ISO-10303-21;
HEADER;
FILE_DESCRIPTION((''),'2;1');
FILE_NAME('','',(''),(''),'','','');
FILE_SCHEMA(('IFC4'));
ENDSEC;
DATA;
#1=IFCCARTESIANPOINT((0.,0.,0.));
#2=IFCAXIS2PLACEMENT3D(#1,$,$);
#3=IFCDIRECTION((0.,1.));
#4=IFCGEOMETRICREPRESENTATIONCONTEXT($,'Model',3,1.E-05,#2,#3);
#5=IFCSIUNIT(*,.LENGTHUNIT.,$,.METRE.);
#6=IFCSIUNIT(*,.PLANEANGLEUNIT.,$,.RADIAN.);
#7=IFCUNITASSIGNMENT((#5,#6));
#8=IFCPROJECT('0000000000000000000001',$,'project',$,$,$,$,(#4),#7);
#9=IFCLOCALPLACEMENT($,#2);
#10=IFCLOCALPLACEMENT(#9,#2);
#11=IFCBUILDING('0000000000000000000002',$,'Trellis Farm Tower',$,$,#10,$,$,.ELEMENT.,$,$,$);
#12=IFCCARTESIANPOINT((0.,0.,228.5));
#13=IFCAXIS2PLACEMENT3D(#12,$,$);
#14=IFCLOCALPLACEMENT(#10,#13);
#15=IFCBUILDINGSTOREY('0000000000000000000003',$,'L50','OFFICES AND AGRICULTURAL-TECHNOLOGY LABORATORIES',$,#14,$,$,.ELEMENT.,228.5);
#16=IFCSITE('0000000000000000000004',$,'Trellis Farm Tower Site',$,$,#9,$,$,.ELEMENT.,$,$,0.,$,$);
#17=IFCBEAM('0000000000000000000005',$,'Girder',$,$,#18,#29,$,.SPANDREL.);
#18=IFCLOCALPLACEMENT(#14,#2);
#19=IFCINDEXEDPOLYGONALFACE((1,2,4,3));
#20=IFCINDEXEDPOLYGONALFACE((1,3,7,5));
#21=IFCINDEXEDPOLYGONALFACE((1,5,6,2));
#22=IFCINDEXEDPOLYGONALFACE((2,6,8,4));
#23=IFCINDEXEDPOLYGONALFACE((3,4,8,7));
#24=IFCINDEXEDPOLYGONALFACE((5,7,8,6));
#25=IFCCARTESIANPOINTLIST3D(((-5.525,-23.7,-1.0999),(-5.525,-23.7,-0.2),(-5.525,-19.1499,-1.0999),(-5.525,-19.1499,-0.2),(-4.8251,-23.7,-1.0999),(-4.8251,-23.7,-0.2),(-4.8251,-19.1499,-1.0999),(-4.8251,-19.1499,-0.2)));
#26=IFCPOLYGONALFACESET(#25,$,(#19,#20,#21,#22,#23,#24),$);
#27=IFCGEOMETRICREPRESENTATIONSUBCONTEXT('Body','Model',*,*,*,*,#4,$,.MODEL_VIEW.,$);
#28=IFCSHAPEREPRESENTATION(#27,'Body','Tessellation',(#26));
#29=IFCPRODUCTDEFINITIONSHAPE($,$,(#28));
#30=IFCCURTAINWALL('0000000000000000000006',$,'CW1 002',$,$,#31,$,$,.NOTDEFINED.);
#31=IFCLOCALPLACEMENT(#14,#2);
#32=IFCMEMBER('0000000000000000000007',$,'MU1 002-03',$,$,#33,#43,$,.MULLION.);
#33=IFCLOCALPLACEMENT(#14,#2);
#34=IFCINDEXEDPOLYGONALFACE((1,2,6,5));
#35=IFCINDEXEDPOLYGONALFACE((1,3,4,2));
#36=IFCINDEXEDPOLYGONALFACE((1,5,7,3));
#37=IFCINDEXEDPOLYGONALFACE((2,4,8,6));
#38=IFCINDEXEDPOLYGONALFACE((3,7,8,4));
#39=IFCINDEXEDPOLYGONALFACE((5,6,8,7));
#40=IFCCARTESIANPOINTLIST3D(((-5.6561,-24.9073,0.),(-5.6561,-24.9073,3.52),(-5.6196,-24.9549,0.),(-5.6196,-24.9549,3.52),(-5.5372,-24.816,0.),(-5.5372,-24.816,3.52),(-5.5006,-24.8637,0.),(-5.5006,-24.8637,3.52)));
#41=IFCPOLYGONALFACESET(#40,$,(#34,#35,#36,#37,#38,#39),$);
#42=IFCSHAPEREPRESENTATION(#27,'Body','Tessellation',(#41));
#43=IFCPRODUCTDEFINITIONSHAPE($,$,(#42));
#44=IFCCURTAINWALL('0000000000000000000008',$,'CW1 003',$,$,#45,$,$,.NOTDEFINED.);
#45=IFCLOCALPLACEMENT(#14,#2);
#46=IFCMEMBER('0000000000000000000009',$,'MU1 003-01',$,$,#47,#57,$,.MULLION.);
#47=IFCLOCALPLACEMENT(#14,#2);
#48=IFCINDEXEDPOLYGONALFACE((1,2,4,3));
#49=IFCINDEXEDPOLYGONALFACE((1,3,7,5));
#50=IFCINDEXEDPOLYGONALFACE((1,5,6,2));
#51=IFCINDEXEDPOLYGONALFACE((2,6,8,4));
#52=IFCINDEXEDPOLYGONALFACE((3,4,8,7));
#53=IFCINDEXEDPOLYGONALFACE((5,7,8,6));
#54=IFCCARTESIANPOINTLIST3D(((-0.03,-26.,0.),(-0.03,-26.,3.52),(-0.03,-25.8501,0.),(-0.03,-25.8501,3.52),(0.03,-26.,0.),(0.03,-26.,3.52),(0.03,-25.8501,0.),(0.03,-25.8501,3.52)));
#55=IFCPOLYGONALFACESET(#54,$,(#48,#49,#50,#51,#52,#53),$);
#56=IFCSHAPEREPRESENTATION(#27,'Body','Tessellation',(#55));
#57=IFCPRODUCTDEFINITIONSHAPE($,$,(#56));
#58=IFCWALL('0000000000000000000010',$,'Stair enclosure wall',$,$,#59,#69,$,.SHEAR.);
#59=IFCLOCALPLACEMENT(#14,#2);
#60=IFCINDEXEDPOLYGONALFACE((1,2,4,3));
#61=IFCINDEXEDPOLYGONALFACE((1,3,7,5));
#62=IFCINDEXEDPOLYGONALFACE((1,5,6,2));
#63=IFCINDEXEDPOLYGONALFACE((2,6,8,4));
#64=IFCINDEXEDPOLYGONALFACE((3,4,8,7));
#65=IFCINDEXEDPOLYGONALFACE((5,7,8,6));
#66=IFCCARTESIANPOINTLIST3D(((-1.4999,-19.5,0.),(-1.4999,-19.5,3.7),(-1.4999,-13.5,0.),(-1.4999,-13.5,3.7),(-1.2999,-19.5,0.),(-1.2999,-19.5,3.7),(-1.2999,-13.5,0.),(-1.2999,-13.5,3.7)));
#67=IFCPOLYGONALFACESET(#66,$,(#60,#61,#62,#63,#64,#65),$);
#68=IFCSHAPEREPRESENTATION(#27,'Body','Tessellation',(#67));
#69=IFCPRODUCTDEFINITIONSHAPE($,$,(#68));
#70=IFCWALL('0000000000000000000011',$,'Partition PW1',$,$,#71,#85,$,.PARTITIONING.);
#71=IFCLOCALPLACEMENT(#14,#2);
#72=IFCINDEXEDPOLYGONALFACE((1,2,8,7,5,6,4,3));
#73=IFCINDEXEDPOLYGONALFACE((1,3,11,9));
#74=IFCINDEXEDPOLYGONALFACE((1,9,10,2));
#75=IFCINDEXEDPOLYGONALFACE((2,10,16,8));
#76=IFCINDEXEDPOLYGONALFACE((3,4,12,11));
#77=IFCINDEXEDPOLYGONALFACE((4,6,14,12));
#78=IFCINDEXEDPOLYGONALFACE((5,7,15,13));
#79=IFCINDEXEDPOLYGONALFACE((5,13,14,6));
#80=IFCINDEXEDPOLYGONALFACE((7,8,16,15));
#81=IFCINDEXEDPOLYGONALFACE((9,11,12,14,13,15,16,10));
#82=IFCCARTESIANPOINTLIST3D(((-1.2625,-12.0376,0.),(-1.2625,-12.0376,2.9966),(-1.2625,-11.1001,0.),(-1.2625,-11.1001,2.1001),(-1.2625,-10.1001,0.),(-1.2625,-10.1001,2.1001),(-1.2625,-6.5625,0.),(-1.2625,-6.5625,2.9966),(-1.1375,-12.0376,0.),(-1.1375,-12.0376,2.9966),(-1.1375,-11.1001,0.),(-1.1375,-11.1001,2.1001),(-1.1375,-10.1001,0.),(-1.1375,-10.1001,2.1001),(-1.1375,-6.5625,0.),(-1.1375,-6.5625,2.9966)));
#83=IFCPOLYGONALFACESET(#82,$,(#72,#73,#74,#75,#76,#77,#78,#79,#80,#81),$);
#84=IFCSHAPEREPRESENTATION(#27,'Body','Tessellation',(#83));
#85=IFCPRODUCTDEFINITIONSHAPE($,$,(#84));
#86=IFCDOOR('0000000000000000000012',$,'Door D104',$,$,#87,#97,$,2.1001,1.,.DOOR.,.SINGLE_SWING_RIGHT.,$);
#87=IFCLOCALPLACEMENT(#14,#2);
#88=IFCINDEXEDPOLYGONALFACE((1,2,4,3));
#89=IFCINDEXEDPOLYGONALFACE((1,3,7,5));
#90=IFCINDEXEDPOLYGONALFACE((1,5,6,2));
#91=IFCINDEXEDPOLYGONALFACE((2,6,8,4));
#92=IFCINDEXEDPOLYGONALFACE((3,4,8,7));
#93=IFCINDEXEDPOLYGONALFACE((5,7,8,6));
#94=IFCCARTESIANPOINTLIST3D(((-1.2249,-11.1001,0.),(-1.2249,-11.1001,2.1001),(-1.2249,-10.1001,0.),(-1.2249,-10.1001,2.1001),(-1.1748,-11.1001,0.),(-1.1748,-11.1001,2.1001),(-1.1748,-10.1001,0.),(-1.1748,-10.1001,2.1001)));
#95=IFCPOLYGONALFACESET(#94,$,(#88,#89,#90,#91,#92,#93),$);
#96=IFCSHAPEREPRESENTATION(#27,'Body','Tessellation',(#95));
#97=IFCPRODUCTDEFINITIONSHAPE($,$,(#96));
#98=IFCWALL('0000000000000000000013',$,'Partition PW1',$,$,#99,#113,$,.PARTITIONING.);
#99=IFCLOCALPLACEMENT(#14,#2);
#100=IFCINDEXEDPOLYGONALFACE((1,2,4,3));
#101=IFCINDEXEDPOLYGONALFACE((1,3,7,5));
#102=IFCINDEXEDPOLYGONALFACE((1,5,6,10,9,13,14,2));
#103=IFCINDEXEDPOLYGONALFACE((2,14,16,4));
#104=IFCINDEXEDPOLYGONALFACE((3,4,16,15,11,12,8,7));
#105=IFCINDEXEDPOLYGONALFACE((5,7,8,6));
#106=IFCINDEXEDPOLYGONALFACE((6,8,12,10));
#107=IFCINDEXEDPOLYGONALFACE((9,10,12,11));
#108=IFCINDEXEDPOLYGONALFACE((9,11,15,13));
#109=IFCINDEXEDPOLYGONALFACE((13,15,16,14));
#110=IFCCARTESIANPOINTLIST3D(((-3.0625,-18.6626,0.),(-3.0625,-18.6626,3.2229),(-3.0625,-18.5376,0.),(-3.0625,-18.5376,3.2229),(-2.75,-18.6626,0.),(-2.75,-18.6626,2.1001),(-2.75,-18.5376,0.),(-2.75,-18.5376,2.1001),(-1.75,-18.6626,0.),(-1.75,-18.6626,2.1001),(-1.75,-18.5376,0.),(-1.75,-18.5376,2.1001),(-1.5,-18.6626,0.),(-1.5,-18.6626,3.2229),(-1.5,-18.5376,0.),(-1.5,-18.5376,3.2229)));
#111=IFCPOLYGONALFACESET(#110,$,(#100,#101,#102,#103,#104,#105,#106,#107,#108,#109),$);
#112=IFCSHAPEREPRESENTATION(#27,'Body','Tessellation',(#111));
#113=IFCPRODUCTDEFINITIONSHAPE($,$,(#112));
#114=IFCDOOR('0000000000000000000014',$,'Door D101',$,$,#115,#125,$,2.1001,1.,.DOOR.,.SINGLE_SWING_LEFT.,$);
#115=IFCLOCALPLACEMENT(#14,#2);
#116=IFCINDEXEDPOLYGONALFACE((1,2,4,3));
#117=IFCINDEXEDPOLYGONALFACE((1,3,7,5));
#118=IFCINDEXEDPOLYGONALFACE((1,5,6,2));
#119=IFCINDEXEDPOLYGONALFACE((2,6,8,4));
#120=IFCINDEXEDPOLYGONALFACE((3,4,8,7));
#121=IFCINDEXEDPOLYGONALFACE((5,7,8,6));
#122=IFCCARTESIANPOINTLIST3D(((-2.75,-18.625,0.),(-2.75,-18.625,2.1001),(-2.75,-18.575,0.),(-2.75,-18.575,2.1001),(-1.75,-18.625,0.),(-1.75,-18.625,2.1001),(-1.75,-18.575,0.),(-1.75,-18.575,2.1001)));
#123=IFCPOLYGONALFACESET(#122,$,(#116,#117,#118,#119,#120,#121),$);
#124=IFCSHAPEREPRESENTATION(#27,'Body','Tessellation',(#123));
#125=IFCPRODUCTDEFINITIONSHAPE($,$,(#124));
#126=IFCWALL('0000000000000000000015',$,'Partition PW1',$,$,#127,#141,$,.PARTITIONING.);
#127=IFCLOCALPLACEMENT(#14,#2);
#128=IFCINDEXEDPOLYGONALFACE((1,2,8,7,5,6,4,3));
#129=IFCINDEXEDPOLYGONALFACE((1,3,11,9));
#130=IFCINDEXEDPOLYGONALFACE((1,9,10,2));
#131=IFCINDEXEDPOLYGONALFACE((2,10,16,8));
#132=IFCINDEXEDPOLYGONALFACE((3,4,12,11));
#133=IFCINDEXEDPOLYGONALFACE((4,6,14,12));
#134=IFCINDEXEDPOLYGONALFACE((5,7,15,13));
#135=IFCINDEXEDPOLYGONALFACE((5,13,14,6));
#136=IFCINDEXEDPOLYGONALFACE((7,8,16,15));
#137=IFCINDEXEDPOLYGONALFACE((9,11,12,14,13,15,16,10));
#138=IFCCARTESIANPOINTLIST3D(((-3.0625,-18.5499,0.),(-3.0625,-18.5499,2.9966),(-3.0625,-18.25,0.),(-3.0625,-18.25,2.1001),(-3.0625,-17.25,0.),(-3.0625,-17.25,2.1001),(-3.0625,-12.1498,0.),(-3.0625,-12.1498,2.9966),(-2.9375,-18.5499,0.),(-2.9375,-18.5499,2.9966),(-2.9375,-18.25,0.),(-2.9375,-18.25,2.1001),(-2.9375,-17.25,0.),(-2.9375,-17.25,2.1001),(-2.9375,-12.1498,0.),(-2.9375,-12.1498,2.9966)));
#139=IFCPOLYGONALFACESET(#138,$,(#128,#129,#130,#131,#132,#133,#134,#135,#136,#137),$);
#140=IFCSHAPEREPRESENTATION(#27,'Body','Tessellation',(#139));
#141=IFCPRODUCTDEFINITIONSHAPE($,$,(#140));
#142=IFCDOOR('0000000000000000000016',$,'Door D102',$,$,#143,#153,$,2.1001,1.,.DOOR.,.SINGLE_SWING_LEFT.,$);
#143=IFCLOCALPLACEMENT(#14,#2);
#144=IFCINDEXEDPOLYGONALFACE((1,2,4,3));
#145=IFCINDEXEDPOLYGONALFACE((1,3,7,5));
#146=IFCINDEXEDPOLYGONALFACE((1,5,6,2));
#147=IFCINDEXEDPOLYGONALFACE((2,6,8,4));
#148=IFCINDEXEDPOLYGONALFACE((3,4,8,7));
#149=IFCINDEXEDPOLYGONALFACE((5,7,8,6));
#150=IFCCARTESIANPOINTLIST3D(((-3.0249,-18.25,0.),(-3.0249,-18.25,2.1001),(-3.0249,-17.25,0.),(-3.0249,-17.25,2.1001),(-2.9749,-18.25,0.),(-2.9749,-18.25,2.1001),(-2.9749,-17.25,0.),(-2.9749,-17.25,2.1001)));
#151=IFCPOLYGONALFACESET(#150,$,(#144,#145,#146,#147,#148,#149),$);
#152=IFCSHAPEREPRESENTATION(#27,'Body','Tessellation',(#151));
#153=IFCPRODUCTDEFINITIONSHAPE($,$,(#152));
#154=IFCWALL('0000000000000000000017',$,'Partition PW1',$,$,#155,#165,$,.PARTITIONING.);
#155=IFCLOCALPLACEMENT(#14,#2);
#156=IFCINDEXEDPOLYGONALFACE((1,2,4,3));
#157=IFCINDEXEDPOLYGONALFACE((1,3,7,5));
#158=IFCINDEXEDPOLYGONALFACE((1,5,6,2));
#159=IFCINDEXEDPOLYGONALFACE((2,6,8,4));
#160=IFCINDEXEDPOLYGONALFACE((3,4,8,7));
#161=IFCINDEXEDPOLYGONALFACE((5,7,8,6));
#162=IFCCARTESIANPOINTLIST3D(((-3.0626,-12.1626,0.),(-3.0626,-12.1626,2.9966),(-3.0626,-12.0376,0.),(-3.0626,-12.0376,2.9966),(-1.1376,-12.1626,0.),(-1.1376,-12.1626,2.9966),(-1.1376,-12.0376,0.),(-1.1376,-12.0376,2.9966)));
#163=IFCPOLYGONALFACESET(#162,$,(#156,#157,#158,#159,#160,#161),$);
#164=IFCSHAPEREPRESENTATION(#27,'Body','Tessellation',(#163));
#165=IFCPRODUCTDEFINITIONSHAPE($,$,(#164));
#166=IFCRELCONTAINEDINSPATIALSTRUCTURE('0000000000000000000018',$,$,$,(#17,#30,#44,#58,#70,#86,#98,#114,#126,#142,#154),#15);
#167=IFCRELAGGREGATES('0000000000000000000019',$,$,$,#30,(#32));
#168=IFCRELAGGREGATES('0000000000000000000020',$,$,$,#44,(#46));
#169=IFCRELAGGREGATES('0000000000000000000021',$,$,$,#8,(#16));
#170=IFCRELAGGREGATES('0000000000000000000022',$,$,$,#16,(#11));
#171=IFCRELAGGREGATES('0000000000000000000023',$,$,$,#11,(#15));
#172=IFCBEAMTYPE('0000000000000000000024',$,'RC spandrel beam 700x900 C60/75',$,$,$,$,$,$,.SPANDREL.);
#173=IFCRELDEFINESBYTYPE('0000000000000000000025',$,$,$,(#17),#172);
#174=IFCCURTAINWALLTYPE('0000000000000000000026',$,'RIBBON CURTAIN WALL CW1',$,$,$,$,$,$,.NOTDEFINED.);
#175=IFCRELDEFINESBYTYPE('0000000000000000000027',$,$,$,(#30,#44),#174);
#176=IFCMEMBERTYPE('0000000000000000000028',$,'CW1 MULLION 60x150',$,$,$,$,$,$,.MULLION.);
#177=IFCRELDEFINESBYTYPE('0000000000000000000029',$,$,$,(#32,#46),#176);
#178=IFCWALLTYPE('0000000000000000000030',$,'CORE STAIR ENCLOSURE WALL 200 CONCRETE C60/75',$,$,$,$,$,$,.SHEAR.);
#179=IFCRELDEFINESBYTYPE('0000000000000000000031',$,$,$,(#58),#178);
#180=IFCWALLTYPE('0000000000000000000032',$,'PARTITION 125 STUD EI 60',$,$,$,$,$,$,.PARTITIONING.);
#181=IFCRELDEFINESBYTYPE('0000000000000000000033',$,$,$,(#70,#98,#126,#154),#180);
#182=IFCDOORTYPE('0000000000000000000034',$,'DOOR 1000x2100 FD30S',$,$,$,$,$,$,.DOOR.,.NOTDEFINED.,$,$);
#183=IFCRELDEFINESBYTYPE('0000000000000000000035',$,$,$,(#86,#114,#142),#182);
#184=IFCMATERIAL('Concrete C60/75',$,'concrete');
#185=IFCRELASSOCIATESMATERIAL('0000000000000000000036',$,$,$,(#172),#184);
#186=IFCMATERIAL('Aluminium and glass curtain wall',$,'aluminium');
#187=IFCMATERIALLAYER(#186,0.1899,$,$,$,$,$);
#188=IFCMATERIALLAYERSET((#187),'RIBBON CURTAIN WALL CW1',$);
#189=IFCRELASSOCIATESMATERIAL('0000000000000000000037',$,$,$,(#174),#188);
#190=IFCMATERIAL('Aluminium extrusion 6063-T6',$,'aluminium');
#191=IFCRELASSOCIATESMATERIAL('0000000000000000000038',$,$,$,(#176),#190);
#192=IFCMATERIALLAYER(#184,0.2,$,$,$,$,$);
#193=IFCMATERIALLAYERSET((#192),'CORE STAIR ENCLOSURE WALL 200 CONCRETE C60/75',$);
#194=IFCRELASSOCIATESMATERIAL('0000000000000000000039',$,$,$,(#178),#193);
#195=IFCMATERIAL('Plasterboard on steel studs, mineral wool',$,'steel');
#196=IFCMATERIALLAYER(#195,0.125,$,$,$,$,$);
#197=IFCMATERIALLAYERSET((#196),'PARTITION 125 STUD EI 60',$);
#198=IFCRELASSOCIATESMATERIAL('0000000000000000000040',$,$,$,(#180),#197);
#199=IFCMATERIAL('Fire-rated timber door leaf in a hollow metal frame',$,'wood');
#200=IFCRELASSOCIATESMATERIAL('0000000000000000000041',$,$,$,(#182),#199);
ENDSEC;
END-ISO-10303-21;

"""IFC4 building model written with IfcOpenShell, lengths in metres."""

from ifc_helpers import new_model, si_unit, direction, frame, frame_2d, origin, origin_2d, place, context, subcontext, project, spatial, rectangle, extrude, source, transform, mapped, material, layer, layer_set, material_profile, profile_set, type_object, element, fill, aggregate, save


model = new_model("IFC4")

# Units and contexts
model_context = context("Model", 3, precision=1e-05, world=origin(), true_north=direction((0.0, 1.0)))
body_context = subcontext(model_context, "Body", "Model", "MODEL_VIEW")
ifc_project = project(units=[si_unit("LENGTHUNIT", "METRE"), si_unit("PLANEANGLEUNIT", "RADIAN")], contexts=[model_context])

# Site, building, storey
site_placement = place(None, origin())
site = spatial("IfcSite", under=ifc_project, at=site_placement, Name="Trellis Farm Tower Site", CompositionType="ELEMENT", RefElevation=0.0)
building_placement = place(site_placement, origin())
building = spatial("IfcBuilding", under=site, at=building_placement, Name="Trellis Farm Tower", CompositionType="ELEMENT")
storey_placement = place(building_placement, frame((0.0, 0.0, 228.5)))
storey = spatial("IfcBuildingStorey", under=building, at=storey_placement, Name="L50", Description="OFFICES AND AGRICULTURAL-TECHNOLOGY LABORATORIES", CompositionType="ELEMENT", Elevation=228.5)

# Shared definitions
ifc_material_1 = material(Name="Concrete C60/75", Category="concrete")

# Beam
ifc_material_profile_1 = material_profile(ifc_material_1, rectangle(XDim=0.7, YDim=0.8999, at=origin_2d()), Name="RC spandrel beam 700x900 C60/75")
ifc_profile_set_1 = profile_set([ifc_material_profile_1], Name="Concrete C60/75")
beam_type_1 = type_object("IfcBeamType", Name="RC spandrel beam 700x900 C60/75", PredefinedType="SPANDREL", material=ifc_profile_set_1)
shared_shape_1 = source(origin(), body_context, "Body", "SweptSolid", [
    extrude(rectangle(XDim=0.7, YDim=0.8999, at=origin_2d()), origin(), (0.0, 0.0, 1.0), 4.55),
])
beam_1_placement = place(storey_placement, frame((-5.175, -23.7, -0.6499), z_axis=(0.0, 1.0, 0.0), x_axis=(-1.0, 0.0, 0.0)))
element("IfcBeam", 1, at=beam_1_placement, inside=storey, type_object=beam_type_1, Name="Girder", PredefinedType="SPANDREL", context=body_context, shape_type="MappedRepresentation", body=[
    mapped(shared_shape_1, transform((0.0, 0.0, 0.0))),
])

# Curtain walls, members
ifc_material_2 = material(Name="Aluminium and glass curtain wall", Category="aluminium")
ifc_layer_1 = layer(ifc_material_2, 0.1899)
ifc_layer_set_1 = layer_set([ifc_layer_1], Name="RIBBON CURTAIN WALL CW1")
curtain_wall_type = type_object("IfcCurtainWallType", Name="RIBBON CURTAIN WALL CW1", PredefinedType="NOTDEFINED", material=ifc_layer_set_1)
placement = place(storey_placement, origin())
curtain_wall_1 = element("IfcCurtainWall", 2, at=placement, inside=storey, type_object=curtain_wall_type, Name="CW1 002", PredefinedType="NOTDEFINED")
ifc_material_3 = material(Name="Aluminium extrusion 6063-T6", Category="aluminium")
ifc_material_profile_2 = material_profile(ifc_material_3, rectangle(XDim=0.0601, YDim=0.1499, at=origin_2d()), Name="MULLION 60x150")
ifc_profile_set_2 = profile_set([ifc_material_profile_2], Name="Aluminium extrusion 6063-T6")
member_type = type_object("IfcMemberType", Name="CW1 MULLION 60x150", PredefinedType="MULLION", material=ifc_profile_set_2)
shared_shape_2 = source(origin(), body_context, "Body", "SweptSolid", [
    extrude(rectangle(XDim=0.0601, YDim=0.1499, at=origin_2d()), origin(), (0.0, 0.0, 1.0), 3.52),
])
member_1_placement = place(storey_placement, frame((-5.5784, -24.8855, 0.0), z_axis=(0.0, 0.0, 1.0), x_axis=(0.608761, -0.793353, 0.0)))
member_1 = element("IfcMember", 3, at=member_1_placement, type_object=member_type, Name="MU1 002-03", PredefinedType="MULLION", context=body_context, shape_type="MappedRepresentation", body=[
    mapped(shared_shape_2, transform((0.0, 0.0, 0.0))),
])
aggregate(curtain_wall_1, [member_1])
curtain_wall_2 = element("IfcCurtainWall", 4, at=placement, inside=storey, type_object=curtain_wall_type, Name="CW1 003", PredefinedType="NOTDEFINED")
member_2_placement = place(storey_placement, frame((0.0, -25.925, 0.0), z_axis=(0.0, 0.0, 1.0), x_axis=(1.0, 0.0, 0.0)))
member_2 = element("IfcMember", 5, at=member_2_placement, type_object=member_type, Name="MU1 003-01", PredefinedType="MULLION", context=body_context, shape_type="MappedRepresentation", body=[
    mapped(shared_shape_2, transform((0.0, 0.0, 0.0))),
])
aggregate(curtain_wall_2, [member_2])

# Wall
ifc_layer_2 = layer(ifc_material_1, 0.2)
ifc_layer_set_2 = layer_set([ifc_layer_2], Name="CORE STAIR ENCLOSURE WALL 200 CONCRETE C60/75")
wall_type_1 = type_object("IfcWallType", Name="CORE STAIR ENCLOSURE WALL 200 CONCRETE C60/75", PredefinedType="SHEAR", material=ifc_layer_set_2)
shared_shape_3 = source(origin(), body_context, "Body", "SweptSolid", [
    extrude(rectangle(XDim=6.0, YDim=0.2, at=frame_2d((3.0, 0.0))), origin(), (0.0, 0.0, 1.0), 3.7),
])
wall_1_placement = place(storey_placement, frame((-1.3999, -13.5, 0.0), z_axis=(0.0, 0.0, 1.0), x_axis=(0.0, -1.0, 0.0)))
element("IfcWall", 6, at=wall_1_placement, inside=storey, type_object=wall_type_1, Name="Stair enclosure wall", PredefinedType="SHEAR", context=body_context, shape_type="MappedRepresentation", body=[
    mapped(shared_shape_3, transform((0.0, 0.0, 0.0))),
])

# Walls, openings, doors
ifc_material_4 = material(Name="Plasterboard on steel studs, mineral wool", Category="steel")
ifc_layer_3 = layer(ifc_material_4, 0.125)
ifc_layer_set_3 = layer_set([ifc_layer_3], Name="PARTITION 125 STUD EI 60")
wall_type_2 = type_object("IfcWallType", Name="PARTITION 125 STUD EI 60", PredefinedType="PARTITIONING", material=ifc_layer_set_3)
shared_shape_4 = source(origin(), body_context, "Body", "SweptSolid", [
    extrude(rectangle(XDim=5.4751, YDim=0.125, at=frame_2d((2.7375, 0.0))), origin(), (0.0, 0.0, 1.0), 2.9966),
])
wall_2_placement = place(storey_placement, frame((-1.2, -12.0376, 0.0), z_axis=(0.0, 0.0, 1.0), x_axis=(0.0, 1.0, 0.0)))
wall_2 = element("IfcWall", 7, at=wall_2_placement, inside=storey, type_object=wall_type_2, Name="Partition PW1", PredefinedType="PARTITIONING", context=body_context, shape_type="MappedRepresentation", body=[
    mapped(shared_shape_4, transform((0.0, 0.0, 0.0))),
])
shared_shape_5 = source(origin(), body_context, "Body", "SweptSolid", [
    extrude(rectangle(XDim=1.0, YDim=2.1001, at=frame_2d((0.5, 1.05))), frame((0.0, 0.0725, 0.0), z_axis=(0.0, -1.0, 0.0), x_axis=(1.0, 0.0, 0.0)), (0.0, 0.0, 1.0), 0.145),
])
opening_1_placement = place(wall_2_placement, frame((0.9375, 0.0, 0.0)))
opening_1 = element("IfcOpeningElement", 8, at=opening_1_placement, cuts=wall_2, PredefinedType="OPENING", context=body_context, shape_type="MappedRepresentation", body=[
    mapped(shared_shape_5, transform((0.0, 0.0, 0.0))),
])
ifc_material_5 = material(Name="Fire-rated timber door leaf in a hollow metal frame", Category="wood")
door_type = type_object("IfcDoorType", Name="DOOR 1000x2100 FD30S", OperationType="NOTDEFINED", PredefinedType="DOOR", material=ifc_material_5)
shared_shape_6 = source(origin(), body_context, "Body", "SweptSolid", [
    extrude(rectangle(XDim=1.0, YDim=2.1001, at=frame_2d((0.5, 1.05))), frame((0.0, 0.0249, 0.0), z_axis=(0.0, -1.0, 0.0), x_axis=(1.0, 0.0, 0.0)), (0.0, 0.0, 1.0), 0.05),
])
door_1_placement = place(opening_1_placement, origin())
door_1 = element("IfcDoor", 9, at=door_1_placement, inside=storey, type_object=door_type, Name="Door D104", OperationType="SINGLE_SWING_RIGHT", OverallHeight=2.1001, OverallWidth=1.0, PredefinedType="DOOR", context=body_context, shape_type="MappedRepresentation", body=[
    mapped(shared_shape_6, transform((0.0, 0.0, 0.0))),
])
fill(opening_1, door_1)
shared_shape_7 = source(origin(), body_context, "Body", "SweptSolid", [
    extrude(rectangle(XDim=1.5625, YDim=0.125, at=frame_2d((0.7812, 0.0))), origin(), (0.0, 0.0, 1.0), 3.2229),
])
wall_3_placement = place(storey_placement, frame((-1.5, -18.6001, 0.0), z_axis=(0.0, 0.0, 1.0), x_axis=(-1.0, 0.0, 0.0)))
wall_3 = element("IfcWall", 10, at=wall_3_placement, inside=storey, type_object=wall_type_2, Name="Partition PW1", PredefinedType="PARTITIONING", context=body_context, shape_type="MappedRepresentation", body=[
    mapped(shared_shape_7, transform((0.0, 0.0, 0.0))),
])
opening_2_placement = place(wall_3_placement, frame((0.25, 0.0, 0.0)))
opening_2 = element("IfcOpeningElement", 11, at=opening_2_placement, cuts=wall_3, PredefinedType="OPENING", context=body_context, shape_type="MappedRepresentation", body=[
    mapped(shared_shape_5, transform((0.0, 0.0, 0.0))),
])
door_2_placement = place(opening_2_placement, origin())
door_2 = element("IfcDoor", 12, at=door_2_placement, inside=storey, type_object=door_type, Name="Door D101", OperationType="SINGLE_SWING_LEFT", OverallHeight=2.1001, OverallWidth=1.0, PredefinedType="DOOR", context=body_context, shape_type="MappedRepresentation", body=[
    mapped(shared_shape_6, transform((0.0, 0.0, 0.0))),
])
fill(opening_2, door_2)
shared_shape_8 = source(origin(), body_context, "Body", "SweptSolid", [
    extrude(rectangle(XDim=6.4001, YDim=0.125, at=frame_2d((3.2002, 0.0))), origin(), (0.0, 0.0, 1.0), 2.9966),
])
wall_4_placement = place(storey_placement, frame((-3.0, -18.55, 0.0), z_axis=(0.0, 0.0, 1.0), x_axis=(0.0, 1.0, 0.0)))
wall_4 = element("IfcWall", 13, at=wall_4_placement, inside=storey, type_object=wall_type_2, Name="Partition PW1", PredefinedType="PARTITIONING", context=body_context, shape_type="MappedRepresentation", body=[
    mapped(shared_shape_8, transform((0.0, 0.0, 0.0))),
])
opening_3_placement = place(wall_4_placement, frame((0.3, 0.0, 0.0)))
opening_3 = element("IfcOpeningElement", 14, at=opening_3_placement, cuts=wall_4, PredefinedType="OPENING", context=body_context, shape_type="MappedRepresentation", body=[
    mapped(shared_shape_5, transform((0.0, 0.0, 0.0))),
])
door_3_placement = place(opening_3_placement, origin())
door_3 = element("IfcDoor", 15, at=door_3_placement, inside=storey, type_object=door_type, Name="Door D102", OperationType="SINGLE_SWING_LEFT", OverallHeight=2.1001, OverallWidth=1.0, PredefinedType="DOOR", context=body_context, shape_type="MappedRepresentation", body=[
    mapped(shared_shape_6, transform((0.0, 0.0, 0.0))),
])
fill(opening_3, door_3)

# Wall
shared_shape_9 = source(origin(), body_context, "Body", "SweptSolid", [
    extrude(rectangle(XDim=1.925, YDim=0.125, at=frame_2d((0.9624, 0.0))), origin(), (0.0, 0.0, 1.0), 2.9966),
])
wall_5_placement = place(storey_placement, frame((-3.0625, -12.1001, 0.0), z_axis=(0.0, 0.0, 1.0), x_axis=(1.0, 0.0, 0.0)))
element("IfcWall", 16, at=wall_5_placement, inside=storey, type_object=wall_type_2, Name="Partition PW1", PredefinedType="PARTITIONING", context=body_context, shape_type="MappedRepresentation", body=[
    mapped(shared_shape_9, transform((0.0, 0.0, 0.0))),
])

save(model, "model.ifc")
